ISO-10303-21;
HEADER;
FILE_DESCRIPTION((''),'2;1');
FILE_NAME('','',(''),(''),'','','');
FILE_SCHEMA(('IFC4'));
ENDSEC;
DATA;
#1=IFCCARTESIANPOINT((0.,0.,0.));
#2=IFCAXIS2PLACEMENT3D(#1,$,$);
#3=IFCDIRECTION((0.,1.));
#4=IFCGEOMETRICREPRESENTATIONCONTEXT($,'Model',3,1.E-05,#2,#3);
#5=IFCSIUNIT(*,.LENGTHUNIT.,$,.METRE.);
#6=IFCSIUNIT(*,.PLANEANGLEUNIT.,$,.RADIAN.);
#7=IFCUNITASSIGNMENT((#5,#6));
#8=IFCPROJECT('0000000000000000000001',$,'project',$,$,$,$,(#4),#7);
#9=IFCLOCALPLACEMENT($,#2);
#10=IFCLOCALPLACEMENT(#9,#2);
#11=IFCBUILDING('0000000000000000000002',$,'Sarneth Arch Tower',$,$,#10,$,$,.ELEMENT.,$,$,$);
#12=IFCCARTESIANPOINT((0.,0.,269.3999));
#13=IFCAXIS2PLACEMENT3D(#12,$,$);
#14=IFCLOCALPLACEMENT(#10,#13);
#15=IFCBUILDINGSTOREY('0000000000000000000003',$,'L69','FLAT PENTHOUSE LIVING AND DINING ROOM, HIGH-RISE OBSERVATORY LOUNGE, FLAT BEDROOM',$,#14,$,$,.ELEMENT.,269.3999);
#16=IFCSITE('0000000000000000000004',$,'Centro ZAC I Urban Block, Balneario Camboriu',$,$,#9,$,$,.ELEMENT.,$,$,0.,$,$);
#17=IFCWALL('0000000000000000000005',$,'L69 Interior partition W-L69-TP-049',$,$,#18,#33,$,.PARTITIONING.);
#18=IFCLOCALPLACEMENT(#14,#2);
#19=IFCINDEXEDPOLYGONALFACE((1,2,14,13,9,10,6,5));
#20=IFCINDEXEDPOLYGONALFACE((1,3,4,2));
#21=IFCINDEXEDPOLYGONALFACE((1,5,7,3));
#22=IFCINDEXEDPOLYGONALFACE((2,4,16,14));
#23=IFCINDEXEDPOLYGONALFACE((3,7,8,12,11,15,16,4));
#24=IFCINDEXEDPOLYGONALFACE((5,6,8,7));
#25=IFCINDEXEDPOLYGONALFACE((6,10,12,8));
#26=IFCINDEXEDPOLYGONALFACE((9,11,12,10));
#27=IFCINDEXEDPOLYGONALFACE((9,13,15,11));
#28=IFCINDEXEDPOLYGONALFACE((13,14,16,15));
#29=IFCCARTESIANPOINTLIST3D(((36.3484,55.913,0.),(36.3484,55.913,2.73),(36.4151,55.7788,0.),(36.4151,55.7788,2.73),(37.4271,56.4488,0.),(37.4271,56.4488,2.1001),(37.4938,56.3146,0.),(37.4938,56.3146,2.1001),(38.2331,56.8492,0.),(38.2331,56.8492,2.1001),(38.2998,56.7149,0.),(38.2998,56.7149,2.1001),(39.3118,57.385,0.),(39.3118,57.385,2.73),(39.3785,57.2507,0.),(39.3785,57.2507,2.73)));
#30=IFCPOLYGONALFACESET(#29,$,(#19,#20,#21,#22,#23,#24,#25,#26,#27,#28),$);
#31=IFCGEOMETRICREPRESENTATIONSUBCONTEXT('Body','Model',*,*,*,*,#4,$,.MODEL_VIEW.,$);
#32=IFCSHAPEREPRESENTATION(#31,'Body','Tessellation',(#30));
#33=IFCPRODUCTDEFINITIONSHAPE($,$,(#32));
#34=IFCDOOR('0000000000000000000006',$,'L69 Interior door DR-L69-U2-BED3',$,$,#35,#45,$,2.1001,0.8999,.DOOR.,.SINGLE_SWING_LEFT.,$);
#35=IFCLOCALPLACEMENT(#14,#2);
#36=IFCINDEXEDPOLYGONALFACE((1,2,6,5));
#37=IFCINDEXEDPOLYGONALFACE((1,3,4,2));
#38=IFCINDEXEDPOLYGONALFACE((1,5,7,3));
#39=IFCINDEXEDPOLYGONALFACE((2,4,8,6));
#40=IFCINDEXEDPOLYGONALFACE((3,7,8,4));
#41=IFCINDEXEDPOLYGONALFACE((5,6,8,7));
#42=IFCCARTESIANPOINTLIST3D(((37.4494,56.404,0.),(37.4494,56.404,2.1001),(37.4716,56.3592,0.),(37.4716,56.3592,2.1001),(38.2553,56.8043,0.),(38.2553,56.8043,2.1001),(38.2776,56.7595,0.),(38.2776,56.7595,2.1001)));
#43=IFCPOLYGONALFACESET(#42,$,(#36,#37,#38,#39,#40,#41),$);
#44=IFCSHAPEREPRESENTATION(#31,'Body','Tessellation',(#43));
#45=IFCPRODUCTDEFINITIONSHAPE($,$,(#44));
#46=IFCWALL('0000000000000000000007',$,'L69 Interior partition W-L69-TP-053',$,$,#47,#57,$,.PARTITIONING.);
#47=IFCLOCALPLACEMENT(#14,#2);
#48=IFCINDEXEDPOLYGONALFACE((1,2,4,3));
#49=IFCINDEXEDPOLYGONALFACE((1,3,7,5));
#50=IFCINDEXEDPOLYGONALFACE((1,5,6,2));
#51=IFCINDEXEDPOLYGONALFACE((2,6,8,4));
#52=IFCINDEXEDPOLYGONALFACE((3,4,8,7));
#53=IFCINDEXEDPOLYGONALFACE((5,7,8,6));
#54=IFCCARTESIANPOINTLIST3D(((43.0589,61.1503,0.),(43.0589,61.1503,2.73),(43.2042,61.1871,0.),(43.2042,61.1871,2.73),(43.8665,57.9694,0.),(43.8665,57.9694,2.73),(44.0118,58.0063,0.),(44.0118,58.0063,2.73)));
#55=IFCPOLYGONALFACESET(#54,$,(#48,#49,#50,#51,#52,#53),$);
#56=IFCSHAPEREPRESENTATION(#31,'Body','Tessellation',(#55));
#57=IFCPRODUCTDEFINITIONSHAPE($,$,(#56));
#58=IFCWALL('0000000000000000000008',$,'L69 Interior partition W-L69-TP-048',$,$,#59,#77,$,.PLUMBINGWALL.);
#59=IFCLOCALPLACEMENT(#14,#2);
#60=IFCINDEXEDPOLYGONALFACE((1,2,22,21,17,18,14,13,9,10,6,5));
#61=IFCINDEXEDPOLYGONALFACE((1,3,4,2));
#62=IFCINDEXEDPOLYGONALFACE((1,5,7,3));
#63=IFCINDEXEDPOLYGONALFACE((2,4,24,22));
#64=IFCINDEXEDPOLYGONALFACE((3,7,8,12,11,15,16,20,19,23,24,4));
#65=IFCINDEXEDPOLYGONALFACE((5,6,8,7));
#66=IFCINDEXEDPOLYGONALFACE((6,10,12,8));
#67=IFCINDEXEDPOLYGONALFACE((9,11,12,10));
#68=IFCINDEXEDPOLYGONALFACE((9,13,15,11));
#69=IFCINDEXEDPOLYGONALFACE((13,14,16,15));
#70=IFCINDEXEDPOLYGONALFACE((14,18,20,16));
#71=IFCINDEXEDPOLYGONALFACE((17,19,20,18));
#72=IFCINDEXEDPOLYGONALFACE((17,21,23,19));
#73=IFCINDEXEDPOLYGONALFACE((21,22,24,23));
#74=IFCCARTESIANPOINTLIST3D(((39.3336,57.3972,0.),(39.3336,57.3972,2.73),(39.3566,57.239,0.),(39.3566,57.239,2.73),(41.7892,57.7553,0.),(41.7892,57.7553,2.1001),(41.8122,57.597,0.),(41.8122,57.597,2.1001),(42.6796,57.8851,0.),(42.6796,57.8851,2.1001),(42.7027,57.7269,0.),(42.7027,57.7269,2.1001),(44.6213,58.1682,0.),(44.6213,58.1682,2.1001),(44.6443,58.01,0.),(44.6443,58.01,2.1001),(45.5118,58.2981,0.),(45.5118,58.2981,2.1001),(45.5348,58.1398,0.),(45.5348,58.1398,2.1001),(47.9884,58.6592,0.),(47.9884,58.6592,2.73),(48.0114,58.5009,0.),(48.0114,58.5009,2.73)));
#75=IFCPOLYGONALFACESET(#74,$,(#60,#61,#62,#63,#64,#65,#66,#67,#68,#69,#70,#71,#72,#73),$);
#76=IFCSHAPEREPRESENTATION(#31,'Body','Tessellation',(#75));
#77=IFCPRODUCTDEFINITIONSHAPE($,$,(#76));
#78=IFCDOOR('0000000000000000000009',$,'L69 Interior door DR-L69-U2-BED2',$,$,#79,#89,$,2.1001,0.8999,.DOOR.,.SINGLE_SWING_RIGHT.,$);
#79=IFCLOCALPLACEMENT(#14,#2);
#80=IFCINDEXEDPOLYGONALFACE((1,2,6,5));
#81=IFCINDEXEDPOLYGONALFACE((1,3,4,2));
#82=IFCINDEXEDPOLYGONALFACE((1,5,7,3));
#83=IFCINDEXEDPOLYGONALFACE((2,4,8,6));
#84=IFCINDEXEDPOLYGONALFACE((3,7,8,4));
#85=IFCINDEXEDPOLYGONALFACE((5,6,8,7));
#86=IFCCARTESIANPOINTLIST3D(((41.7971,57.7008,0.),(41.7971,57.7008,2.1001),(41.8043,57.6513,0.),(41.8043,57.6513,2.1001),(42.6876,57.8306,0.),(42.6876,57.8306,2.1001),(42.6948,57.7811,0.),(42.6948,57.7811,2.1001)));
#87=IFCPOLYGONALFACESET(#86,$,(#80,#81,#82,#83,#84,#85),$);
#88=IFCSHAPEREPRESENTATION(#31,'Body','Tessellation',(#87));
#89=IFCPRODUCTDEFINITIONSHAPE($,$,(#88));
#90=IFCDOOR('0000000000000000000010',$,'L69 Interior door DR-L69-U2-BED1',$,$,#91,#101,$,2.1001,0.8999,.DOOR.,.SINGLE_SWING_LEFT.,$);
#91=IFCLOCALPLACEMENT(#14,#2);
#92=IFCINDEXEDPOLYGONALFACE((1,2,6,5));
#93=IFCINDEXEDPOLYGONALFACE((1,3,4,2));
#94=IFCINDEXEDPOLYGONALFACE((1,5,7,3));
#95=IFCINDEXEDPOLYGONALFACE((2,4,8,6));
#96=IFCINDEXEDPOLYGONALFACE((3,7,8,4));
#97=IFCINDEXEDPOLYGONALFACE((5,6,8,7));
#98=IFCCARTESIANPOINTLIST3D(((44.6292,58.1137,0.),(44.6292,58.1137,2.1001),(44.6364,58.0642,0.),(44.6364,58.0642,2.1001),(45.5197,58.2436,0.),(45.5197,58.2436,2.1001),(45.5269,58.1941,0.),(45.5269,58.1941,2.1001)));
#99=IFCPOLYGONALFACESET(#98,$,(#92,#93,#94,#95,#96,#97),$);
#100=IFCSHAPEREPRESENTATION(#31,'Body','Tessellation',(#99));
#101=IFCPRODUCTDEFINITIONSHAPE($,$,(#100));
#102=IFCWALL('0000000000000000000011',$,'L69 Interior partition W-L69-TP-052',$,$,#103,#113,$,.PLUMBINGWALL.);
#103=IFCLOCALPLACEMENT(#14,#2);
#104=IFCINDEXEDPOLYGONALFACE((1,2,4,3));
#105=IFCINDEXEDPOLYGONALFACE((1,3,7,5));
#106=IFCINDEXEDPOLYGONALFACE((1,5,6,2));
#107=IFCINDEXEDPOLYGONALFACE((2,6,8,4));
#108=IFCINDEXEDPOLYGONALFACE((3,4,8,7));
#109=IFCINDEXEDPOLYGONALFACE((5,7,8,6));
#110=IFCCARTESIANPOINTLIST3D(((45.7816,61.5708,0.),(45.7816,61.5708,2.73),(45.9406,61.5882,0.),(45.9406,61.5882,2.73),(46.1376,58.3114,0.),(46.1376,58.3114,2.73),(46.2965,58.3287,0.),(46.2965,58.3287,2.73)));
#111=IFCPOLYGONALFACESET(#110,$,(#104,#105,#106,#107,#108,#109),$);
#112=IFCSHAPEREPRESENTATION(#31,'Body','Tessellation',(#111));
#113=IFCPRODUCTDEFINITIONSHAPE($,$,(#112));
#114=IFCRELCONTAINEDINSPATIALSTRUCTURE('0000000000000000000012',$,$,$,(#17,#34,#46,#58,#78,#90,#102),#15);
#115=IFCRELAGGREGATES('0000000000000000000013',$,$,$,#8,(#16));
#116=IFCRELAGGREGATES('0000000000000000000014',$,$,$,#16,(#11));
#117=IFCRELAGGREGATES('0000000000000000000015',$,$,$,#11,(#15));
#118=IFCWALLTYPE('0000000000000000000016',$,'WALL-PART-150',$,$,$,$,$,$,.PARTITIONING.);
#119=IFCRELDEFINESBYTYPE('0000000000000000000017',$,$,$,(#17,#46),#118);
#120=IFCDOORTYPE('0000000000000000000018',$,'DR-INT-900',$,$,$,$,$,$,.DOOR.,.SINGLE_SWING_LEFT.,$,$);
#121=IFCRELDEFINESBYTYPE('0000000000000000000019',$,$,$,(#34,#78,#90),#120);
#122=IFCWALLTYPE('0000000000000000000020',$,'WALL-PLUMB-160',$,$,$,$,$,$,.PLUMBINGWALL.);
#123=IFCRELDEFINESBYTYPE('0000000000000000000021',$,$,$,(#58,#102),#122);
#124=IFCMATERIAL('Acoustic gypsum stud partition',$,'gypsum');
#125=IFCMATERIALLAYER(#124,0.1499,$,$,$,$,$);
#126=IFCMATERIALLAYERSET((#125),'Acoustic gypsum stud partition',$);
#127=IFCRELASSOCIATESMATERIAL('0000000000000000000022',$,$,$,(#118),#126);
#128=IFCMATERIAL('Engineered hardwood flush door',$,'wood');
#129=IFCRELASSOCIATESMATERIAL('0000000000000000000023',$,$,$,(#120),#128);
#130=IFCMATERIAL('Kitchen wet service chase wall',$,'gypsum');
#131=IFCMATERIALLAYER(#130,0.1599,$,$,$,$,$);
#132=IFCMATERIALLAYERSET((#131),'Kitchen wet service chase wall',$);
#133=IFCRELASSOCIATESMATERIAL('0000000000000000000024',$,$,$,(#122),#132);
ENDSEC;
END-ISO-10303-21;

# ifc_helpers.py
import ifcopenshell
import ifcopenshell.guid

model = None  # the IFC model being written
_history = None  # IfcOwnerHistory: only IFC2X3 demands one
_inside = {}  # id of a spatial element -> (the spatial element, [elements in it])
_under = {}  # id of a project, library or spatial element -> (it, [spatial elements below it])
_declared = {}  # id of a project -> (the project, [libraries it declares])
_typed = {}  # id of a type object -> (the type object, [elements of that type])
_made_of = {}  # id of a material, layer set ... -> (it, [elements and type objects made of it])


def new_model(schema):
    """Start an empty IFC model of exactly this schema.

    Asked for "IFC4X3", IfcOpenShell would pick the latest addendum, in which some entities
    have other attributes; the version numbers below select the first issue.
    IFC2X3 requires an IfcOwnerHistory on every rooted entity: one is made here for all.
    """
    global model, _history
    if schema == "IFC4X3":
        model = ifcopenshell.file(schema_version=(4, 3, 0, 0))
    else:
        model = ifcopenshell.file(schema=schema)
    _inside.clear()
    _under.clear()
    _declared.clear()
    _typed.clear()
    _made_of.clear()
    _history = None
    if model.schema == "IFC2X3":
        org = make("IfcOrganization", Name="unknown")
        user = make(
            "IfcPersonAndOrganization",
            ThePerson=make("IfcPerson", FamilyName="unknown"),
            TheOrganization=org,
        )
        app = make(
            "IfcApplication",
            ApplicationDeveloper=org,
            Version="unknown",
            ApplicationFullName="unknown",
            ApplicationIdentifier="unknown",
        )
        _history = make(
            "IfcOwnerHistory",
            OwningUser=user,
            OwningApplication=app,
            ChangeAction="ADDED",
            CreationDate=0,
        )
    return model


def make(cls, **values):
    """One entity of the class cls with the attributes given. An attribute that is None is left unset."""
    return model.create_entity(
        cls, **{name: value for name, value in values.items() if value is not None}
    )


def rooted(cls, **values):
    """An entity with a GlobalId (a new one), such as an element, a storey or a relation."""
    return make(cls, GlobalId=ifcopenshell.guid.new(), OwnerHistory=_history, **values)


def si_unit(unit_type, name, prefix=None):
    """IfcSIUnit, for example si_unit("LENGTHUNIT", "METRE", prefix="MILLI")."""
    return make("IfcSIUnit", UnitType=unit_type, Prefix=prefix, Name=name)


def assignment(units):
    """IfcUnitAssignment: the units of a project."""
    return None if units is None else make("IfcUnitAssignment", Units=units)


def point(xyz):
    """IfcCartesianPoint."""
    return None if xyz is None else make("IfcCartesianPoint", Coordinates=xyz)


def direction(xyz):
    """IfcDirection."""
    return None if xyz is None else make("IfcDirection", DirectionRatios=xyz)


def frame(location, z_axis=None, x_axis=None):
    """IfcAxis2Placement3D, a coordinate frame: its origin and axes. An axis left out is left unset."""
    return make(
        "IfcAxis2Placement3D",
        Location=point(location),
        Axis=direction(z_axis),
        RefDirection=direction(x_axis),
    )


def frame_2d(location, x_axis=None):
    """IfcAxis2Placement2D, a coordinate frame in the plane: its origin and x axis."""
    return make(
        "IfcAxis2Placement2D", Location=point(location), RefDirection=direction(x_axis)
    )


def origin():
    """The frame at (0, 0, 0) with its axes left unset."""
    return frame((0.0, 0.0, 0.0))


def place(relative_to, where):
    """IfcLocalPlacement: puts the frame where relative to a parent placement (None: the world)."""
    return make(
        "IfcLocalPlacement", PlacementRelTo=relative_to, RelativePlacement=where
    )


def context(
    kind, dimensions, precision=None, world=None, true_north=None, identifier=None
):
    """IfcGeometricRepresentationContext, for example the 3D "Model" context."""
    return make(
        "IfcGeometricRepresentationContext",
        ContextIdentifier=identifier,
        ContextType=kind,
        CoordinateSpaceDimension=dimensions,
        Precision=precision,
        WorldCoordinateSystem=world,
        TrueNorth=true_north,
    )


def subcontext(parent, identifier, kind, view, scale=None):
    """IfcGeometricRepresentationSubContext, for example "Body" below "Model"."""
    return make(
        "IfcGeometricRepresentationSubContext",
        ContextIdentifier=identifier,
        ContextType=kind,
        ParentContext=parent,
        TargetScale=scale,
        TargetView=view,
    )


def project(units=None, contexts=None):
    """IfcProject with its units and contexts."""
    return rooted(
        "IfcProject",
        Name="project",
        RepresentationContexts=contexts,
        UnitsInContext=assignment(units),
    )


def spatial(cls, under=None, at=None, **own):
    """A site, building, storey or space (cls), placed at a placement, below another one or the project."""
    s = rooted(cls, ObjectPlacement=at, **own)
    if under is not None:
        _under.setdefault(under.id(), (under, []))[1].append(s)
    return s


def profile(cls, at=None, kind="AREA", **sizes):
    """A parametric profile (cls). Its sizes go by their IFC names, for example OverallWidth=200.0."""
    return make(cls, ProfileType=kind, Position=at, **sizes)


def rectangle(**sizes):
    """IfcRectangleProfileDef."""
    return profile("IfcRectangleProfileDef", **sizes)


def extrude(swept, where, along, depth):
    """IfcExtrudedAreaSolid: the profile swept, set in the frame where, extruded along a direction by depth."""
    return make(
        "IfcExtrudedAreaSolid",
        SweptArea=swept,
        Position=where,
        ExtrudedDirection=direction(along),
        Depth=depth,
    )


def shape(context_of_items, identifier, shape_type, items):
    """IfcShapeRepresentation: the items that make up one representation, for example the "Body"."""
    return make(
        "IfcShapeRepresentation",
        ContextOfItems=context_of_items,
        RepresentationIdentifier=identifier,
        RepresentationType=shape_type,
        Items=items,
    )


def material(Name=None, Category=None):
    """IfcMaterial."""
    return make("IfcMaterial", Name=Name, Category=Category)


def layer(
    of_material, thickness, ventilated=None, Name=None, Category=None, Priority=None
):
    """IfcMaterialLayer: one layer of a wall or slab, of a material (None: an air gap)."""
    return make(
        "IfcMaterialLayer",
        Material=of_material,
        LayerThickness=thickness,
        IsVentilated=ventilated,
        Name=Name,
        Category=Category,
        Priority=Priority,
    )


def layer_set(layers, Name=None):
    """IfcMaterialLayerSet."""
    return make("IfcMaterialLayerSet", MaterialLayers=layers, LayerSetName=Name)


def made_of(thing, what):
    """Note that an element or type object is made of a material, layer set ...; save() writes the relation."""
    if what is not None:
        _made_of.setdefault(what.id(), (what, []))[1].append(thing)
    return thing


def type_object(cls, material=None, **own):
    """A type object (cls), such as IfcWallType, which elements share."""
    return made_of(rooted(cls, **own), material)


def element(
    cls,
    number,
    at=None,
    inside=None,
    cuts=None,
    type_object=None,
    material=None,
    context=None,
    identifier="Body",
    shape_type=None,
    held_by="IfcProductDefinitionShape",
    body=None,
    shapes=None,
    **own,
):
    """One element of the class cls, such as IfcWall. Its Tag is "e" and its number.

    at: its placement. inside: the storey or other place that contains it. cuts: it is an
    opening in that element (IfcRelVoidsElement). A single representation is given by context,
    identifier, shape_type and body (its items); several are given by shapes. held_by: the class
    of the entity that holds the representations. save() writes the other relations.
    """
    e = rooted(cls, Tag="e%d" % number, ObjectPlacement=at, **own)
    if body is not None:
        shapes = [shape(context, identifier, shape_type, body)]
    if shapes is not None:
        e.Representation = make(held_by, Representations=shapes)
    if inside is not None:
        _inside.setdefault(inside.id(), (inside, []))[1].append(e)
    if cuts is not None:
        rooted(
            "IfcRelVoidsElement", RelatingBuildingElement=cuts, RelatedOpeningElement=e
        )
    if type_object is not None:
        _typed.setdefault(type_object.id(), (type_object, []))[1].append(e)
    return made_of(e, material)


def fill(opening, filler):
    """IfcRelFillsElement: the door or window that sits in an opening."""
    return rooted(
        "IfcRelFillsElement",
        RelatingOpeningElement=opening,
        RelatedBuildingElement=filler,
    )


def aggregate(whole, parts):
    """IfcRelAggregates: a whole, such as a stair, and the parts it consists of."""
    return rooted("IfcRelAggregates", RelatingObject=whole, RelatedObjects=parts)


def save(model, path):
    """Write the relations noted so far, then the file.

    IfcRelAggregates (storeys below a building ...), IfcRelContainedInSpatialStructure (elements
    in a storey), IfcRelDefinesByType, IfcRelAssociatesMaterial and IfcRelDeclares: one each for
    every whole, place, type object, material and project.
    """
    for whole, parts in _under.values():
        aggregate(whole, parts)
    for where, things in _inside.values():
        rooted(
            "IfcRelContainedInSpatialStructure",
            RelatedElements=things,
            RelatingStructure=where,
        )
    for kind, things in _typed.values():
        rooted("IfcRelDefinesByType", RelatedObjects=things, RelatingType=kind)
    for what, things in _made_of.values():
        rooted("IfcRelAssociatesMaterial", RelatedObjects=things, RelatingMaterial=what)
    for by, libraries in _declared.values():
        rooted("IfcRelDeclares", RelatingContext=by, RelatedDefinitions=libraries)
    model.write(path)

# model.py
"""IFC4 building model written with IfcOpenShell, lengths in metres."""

from ifc_helpers import new_model, si_unit, direction, frame, frame_2d, origin, place, context, subcontext, project, spatial, rectangle, extrude, material, layer, layer_set, type_object, element, fill, save


model = new_model("IFC4")

# Units and contexts
model_context = context("Model", 3, precision=1e-05, world=origin(), true_north=direction((0.0, 1.0)))
body_context = subcontext(model_context, "Body", "Model", "MODEL_VIEW")
ifc_project = project(units=[si_unit("LENGTHUNIT", "METRE"), si_unit("PLANEANGLEUNIT", "RADIAN")], contexts=[model_context])

# Site, building, storey
site_placement = place(None, origin())
site = spatial("IfcSite", under=ifc_project, at=site_placement, Name="Centro ZAC I Urban Block, Balneario Camboriu", CompositionType="ELEMENT", RefElevation=0.0)
building_placement = place(site_placement, origin())
building = spatial("IfcBuilding", under=site, at=building_placement, Name="Sarneth Arch Tower", CompositionType="ELEMENT")
storey_placement = place(building_placement, frame((0.0, 0.0, 269.3999)))
storey = spatial("IfcBuildingStorey", under=building, at=storey_placement, Name="L69", Description="FLAT PENTHOUSE LIVING AND DINING ROOM, HIGH-RISE OBSERVATORY LOUNGE, FLAT BEDROOM", CompositionType="ELEMENT", Elevation=269.3999)

# Shared definitions
ifc_material_1 = material(Name="Acoustic gypsum stud partition", Category="gypsum")
ifc_layer_1 = layer(ifc_material_1, 0.1499)
ifc_layer_set_1 = layer_set([ifc_layer_1], Name="Acoustic gypsum stud partition")
wall_type_1 = type_object("IfcWallType", Name="WALL-PART-150", PredefinedType="PARTITIONING", material=ifc_layer_set_1)

# Wall, opening, door
wall_1_placement = place(storey_placement, frame((36.3818, 55.8459, 0.0), z_axis=(0.0, 0.0, 1.0), x_axis=(0.895605, 0.444851, 0.0)))
wall_1 = element("IfcWall", 1, at=wall_1_placement, inside=storey, type_object=wall_type_1, Name="L69 Interior partition W-L69-TP-049", PredefinedType="PARTITIONING", context=body_context, shape_type="SweptSolid", body=[
    extrude(rectangle(XDim=3.3088, YDim=0.1499, at=frame_2d((1.6543, 0.0))), origin(), (0.0, 0.0, 1.0), 2.73),
])
opening_1_placement = place(wall_1_placement, frame((1.2043, 0.0, 0.0)))
opening_1 = element("IfcOpeningElement", 2, at=opening_1_placement, cuts=wall_1, PredefinedType="OPENING", context=body_context, shape_type="SweptSolid", body=[
    extrude(rectangle(XDim=0.8999, YDim=2.1001, at=frame_2d((0.45, 1.05))), frame((0.0, 0.085, 0.0), z_axis=(0.0, -1.0, 0.0), x_axis=(1.0, 0.0, 0.0)), (0.0, 0.0, 1.0), 0.1699),
])
ifc_material_2 = material(Name="Engineered hardwood flush door", Category="wood")
door_type_1 = type_object("IfcDoorType", Name="DR-INT-900", OperationType="SINGLE_SWING_LEFT", PredefinedType="DOOR", material=ifc_material_2)
door_1_placement = place(opening_1_placement, origin())
door_1 = element("IfcDoor", 3, at=door_1_placement, inside=storey, type_object=door_type_1, Name="L69 Interior door DR-L69-U2-BED3", OperationType="SINGLE_SWING_LEFT", OverallHeight=2.1001, OverallWidth=0.8999, PredefinedType="DOOR", context=body_context, shape_type="SweptSolid", body=[
    extrude(rectangle(XDim=0.8999, YDim=2.1001, at=frame_2d((0.45, 1.05))), frame((0.0, 0.0249, 0.0), z_axis=(0.0, -1.0, 0.0), x_axis=(1.0, 0.0, 0.0)), (0.0, 0.0, 1.0), 0.05),
])
fill(opening_1, door_1)

# Wall
wall_2_placement = place(storey_placement, frame((43.1316, 61.1687, 0.0), z_axis=(0.0, 0.0, 1.0), x_axis=(0.246087, -0.969248, 0.0)))
element("IfcWall", 4, at=wall_2_placement, inside=storey, type_object=wall_type_1, Name="L69 Interior partition W-L69-TP-053", PredefinedType="PARTITIONING", context=body_context, shape_type="SweptSolid", body=[
    extrude(rectangle(XDim=3.2817, YDim=0.1499, at=frame_2d((1.6409, 0.0))), origin(), (0.0, 0.0, 1.0), 2.73),
])

# Wall, openings, doors
ifc_material_3 = material(Name="Kitchen wet service chase wall", Category="gypsum")
ifc_layer_2 = layer(ifc_material_3, 0.1599)
ifc_layer_set_2 = layer_set([ifc_layer_2], Name="Kitchen wet service chase wall")
wall_type_2 = type_object("IfcWallType", Name="WALL-PLUMB-160", PredefinedType="PLUMBINGWALL", material=ifc_layer_set_2)
wall_3_placement = place(storey_placement, frame((39.3452, 57.3181, 0.0), z_axis=(0.0, 0.0, 1.0), x_axis=(0.989536, 0.144285, 0.0)))
wall_3 = element("IfcWall", 5, at=wall_3_placement, inside=storey, type_object=wall_type_2, Name="L69 Interior partition W-L69-TP-048", PredefinedType="PLUMBINGWALL", context=body_context, shape_type="SweptSolid", body=[
    extrude(rectangle(XDim=8.7463, YDim=0.1599, at=frame_2d((4.373, 0.0))), origin(), (0.0, 0.0, 1.0), 2.73),
])
opening_2_placement = place(wall_3_placement, frame((2.4814, 0.0, 0.0)))
opening_2 = element("IfcOpeningElement", 6, at=opening_2_placement, cuts=wall_3, PredefinedType="OPENING", context=body_context, shape_type="SweptSolid", body=[
    extrude(rectangle(XDim=0.8999, YDim=2.1001, at=frame_2d((0.45, 1.05))), frame((0.0, 0.0898, 0.0), z_axis=(0.0, -1.0, 0.0), x_axis=(1.0, 0.0, 0.0)), (0.0, 0.0, 1.0), 0.1799),
])
opening_3_placement = place(wall_3_placement, frame((5.3435, 0.0, 0.0)))
opening_3 = element("IfcOpeningElement", 7, at=opening_3_placement, cuts=wall_3, PredefinedType="OPENING", context=body_context, shape_type="SweptSolid", body=[
    extrude(rectangle(XDim=0.8999, YDim=2.1001, at=frame_2d((0.45, 1.05))), frame((0.0, 0.0898, 0.0), z_axis=(0.0, -1.0, 0.0), x_axis=(1.0, 0.0, 0.0)), (0.0, 0.0, 1.0), 0.1799),
])
door_2_placement = place(opening_2_placement, origin())
door_2 = element("IfcDoor", 8, at=door_2_placement, inside=storey, type_object=door_type_1, Name="L69 Interior door DR-L69-U2-BED2", OperationType="SINGLE_SWING_RIGHT", OverallHeight=2.1001, OverallWidth=0.8999, PredefinedType="DOOR", context=body_context, shape_type="SweptSolid", body=[
    extrude(rectangle(XDim=0.8999, YDim=2.1001, at=frame_2d((0.45, 1.05))), frame((0.0, 0.0249, 0.0), z_axis=(0.0, -1.0, 0.0), x_axis=(1.0, 0.0, 0.0)), (0.0, 0.0, 1.0), 0.05),
])
fill(opening_2, door_2)
door_3_placement = place(opening_3_placement, origin())
door_3 = element("IfcDoor", 9, at=door_3_placement, inside=storey, type_object=door_type_1, Name="L69 Interior door DR-L69-U2-BED1", OperationType="SINGLE_SWING_LEFT", OverallHeight=2.1001, OverallWidth=0.8999, PredefinedType="DOOR", context=body_context, shape_type="SweptSolid", body=[
    extrude(rectangle(XDim=0.8999, YDim=2.1001, at=frame_2d((0.45, 1.05))), frame((0.0, 0.0249, 0.0), z_axis=(0.0, -1.0, 0.0), x_axis=(1.0, 0.0, 0.0)), (0.0, 0.0, 1.0), 0.05),
])
fill(opening_3, door_3)

# Wall
wall_4_placement = place(storey_placement, frame((46.217, 58.3201, 0.0), z_axis=(0.0, 0.0, 1.0), x_axis=(-0.10856, 0.99409, 0.0)))
element("IfcWall", 10, at=wall_4_placement, inside=storey, type_object=wall_type_2, Name="L69 Interior partition W-L69-TP-052", PredefinedType="PLUMBINGWALL", context=body_context, shape_type="SweptSolid", body=[
    extrude(rectangle(XDim=3.2788, YDim=0.1599, at=frame_2d((1.6394, 0.0))), origin(), (0.0, 0.0, 1.0), 2.73),
])

save(model, "model.ifc")
